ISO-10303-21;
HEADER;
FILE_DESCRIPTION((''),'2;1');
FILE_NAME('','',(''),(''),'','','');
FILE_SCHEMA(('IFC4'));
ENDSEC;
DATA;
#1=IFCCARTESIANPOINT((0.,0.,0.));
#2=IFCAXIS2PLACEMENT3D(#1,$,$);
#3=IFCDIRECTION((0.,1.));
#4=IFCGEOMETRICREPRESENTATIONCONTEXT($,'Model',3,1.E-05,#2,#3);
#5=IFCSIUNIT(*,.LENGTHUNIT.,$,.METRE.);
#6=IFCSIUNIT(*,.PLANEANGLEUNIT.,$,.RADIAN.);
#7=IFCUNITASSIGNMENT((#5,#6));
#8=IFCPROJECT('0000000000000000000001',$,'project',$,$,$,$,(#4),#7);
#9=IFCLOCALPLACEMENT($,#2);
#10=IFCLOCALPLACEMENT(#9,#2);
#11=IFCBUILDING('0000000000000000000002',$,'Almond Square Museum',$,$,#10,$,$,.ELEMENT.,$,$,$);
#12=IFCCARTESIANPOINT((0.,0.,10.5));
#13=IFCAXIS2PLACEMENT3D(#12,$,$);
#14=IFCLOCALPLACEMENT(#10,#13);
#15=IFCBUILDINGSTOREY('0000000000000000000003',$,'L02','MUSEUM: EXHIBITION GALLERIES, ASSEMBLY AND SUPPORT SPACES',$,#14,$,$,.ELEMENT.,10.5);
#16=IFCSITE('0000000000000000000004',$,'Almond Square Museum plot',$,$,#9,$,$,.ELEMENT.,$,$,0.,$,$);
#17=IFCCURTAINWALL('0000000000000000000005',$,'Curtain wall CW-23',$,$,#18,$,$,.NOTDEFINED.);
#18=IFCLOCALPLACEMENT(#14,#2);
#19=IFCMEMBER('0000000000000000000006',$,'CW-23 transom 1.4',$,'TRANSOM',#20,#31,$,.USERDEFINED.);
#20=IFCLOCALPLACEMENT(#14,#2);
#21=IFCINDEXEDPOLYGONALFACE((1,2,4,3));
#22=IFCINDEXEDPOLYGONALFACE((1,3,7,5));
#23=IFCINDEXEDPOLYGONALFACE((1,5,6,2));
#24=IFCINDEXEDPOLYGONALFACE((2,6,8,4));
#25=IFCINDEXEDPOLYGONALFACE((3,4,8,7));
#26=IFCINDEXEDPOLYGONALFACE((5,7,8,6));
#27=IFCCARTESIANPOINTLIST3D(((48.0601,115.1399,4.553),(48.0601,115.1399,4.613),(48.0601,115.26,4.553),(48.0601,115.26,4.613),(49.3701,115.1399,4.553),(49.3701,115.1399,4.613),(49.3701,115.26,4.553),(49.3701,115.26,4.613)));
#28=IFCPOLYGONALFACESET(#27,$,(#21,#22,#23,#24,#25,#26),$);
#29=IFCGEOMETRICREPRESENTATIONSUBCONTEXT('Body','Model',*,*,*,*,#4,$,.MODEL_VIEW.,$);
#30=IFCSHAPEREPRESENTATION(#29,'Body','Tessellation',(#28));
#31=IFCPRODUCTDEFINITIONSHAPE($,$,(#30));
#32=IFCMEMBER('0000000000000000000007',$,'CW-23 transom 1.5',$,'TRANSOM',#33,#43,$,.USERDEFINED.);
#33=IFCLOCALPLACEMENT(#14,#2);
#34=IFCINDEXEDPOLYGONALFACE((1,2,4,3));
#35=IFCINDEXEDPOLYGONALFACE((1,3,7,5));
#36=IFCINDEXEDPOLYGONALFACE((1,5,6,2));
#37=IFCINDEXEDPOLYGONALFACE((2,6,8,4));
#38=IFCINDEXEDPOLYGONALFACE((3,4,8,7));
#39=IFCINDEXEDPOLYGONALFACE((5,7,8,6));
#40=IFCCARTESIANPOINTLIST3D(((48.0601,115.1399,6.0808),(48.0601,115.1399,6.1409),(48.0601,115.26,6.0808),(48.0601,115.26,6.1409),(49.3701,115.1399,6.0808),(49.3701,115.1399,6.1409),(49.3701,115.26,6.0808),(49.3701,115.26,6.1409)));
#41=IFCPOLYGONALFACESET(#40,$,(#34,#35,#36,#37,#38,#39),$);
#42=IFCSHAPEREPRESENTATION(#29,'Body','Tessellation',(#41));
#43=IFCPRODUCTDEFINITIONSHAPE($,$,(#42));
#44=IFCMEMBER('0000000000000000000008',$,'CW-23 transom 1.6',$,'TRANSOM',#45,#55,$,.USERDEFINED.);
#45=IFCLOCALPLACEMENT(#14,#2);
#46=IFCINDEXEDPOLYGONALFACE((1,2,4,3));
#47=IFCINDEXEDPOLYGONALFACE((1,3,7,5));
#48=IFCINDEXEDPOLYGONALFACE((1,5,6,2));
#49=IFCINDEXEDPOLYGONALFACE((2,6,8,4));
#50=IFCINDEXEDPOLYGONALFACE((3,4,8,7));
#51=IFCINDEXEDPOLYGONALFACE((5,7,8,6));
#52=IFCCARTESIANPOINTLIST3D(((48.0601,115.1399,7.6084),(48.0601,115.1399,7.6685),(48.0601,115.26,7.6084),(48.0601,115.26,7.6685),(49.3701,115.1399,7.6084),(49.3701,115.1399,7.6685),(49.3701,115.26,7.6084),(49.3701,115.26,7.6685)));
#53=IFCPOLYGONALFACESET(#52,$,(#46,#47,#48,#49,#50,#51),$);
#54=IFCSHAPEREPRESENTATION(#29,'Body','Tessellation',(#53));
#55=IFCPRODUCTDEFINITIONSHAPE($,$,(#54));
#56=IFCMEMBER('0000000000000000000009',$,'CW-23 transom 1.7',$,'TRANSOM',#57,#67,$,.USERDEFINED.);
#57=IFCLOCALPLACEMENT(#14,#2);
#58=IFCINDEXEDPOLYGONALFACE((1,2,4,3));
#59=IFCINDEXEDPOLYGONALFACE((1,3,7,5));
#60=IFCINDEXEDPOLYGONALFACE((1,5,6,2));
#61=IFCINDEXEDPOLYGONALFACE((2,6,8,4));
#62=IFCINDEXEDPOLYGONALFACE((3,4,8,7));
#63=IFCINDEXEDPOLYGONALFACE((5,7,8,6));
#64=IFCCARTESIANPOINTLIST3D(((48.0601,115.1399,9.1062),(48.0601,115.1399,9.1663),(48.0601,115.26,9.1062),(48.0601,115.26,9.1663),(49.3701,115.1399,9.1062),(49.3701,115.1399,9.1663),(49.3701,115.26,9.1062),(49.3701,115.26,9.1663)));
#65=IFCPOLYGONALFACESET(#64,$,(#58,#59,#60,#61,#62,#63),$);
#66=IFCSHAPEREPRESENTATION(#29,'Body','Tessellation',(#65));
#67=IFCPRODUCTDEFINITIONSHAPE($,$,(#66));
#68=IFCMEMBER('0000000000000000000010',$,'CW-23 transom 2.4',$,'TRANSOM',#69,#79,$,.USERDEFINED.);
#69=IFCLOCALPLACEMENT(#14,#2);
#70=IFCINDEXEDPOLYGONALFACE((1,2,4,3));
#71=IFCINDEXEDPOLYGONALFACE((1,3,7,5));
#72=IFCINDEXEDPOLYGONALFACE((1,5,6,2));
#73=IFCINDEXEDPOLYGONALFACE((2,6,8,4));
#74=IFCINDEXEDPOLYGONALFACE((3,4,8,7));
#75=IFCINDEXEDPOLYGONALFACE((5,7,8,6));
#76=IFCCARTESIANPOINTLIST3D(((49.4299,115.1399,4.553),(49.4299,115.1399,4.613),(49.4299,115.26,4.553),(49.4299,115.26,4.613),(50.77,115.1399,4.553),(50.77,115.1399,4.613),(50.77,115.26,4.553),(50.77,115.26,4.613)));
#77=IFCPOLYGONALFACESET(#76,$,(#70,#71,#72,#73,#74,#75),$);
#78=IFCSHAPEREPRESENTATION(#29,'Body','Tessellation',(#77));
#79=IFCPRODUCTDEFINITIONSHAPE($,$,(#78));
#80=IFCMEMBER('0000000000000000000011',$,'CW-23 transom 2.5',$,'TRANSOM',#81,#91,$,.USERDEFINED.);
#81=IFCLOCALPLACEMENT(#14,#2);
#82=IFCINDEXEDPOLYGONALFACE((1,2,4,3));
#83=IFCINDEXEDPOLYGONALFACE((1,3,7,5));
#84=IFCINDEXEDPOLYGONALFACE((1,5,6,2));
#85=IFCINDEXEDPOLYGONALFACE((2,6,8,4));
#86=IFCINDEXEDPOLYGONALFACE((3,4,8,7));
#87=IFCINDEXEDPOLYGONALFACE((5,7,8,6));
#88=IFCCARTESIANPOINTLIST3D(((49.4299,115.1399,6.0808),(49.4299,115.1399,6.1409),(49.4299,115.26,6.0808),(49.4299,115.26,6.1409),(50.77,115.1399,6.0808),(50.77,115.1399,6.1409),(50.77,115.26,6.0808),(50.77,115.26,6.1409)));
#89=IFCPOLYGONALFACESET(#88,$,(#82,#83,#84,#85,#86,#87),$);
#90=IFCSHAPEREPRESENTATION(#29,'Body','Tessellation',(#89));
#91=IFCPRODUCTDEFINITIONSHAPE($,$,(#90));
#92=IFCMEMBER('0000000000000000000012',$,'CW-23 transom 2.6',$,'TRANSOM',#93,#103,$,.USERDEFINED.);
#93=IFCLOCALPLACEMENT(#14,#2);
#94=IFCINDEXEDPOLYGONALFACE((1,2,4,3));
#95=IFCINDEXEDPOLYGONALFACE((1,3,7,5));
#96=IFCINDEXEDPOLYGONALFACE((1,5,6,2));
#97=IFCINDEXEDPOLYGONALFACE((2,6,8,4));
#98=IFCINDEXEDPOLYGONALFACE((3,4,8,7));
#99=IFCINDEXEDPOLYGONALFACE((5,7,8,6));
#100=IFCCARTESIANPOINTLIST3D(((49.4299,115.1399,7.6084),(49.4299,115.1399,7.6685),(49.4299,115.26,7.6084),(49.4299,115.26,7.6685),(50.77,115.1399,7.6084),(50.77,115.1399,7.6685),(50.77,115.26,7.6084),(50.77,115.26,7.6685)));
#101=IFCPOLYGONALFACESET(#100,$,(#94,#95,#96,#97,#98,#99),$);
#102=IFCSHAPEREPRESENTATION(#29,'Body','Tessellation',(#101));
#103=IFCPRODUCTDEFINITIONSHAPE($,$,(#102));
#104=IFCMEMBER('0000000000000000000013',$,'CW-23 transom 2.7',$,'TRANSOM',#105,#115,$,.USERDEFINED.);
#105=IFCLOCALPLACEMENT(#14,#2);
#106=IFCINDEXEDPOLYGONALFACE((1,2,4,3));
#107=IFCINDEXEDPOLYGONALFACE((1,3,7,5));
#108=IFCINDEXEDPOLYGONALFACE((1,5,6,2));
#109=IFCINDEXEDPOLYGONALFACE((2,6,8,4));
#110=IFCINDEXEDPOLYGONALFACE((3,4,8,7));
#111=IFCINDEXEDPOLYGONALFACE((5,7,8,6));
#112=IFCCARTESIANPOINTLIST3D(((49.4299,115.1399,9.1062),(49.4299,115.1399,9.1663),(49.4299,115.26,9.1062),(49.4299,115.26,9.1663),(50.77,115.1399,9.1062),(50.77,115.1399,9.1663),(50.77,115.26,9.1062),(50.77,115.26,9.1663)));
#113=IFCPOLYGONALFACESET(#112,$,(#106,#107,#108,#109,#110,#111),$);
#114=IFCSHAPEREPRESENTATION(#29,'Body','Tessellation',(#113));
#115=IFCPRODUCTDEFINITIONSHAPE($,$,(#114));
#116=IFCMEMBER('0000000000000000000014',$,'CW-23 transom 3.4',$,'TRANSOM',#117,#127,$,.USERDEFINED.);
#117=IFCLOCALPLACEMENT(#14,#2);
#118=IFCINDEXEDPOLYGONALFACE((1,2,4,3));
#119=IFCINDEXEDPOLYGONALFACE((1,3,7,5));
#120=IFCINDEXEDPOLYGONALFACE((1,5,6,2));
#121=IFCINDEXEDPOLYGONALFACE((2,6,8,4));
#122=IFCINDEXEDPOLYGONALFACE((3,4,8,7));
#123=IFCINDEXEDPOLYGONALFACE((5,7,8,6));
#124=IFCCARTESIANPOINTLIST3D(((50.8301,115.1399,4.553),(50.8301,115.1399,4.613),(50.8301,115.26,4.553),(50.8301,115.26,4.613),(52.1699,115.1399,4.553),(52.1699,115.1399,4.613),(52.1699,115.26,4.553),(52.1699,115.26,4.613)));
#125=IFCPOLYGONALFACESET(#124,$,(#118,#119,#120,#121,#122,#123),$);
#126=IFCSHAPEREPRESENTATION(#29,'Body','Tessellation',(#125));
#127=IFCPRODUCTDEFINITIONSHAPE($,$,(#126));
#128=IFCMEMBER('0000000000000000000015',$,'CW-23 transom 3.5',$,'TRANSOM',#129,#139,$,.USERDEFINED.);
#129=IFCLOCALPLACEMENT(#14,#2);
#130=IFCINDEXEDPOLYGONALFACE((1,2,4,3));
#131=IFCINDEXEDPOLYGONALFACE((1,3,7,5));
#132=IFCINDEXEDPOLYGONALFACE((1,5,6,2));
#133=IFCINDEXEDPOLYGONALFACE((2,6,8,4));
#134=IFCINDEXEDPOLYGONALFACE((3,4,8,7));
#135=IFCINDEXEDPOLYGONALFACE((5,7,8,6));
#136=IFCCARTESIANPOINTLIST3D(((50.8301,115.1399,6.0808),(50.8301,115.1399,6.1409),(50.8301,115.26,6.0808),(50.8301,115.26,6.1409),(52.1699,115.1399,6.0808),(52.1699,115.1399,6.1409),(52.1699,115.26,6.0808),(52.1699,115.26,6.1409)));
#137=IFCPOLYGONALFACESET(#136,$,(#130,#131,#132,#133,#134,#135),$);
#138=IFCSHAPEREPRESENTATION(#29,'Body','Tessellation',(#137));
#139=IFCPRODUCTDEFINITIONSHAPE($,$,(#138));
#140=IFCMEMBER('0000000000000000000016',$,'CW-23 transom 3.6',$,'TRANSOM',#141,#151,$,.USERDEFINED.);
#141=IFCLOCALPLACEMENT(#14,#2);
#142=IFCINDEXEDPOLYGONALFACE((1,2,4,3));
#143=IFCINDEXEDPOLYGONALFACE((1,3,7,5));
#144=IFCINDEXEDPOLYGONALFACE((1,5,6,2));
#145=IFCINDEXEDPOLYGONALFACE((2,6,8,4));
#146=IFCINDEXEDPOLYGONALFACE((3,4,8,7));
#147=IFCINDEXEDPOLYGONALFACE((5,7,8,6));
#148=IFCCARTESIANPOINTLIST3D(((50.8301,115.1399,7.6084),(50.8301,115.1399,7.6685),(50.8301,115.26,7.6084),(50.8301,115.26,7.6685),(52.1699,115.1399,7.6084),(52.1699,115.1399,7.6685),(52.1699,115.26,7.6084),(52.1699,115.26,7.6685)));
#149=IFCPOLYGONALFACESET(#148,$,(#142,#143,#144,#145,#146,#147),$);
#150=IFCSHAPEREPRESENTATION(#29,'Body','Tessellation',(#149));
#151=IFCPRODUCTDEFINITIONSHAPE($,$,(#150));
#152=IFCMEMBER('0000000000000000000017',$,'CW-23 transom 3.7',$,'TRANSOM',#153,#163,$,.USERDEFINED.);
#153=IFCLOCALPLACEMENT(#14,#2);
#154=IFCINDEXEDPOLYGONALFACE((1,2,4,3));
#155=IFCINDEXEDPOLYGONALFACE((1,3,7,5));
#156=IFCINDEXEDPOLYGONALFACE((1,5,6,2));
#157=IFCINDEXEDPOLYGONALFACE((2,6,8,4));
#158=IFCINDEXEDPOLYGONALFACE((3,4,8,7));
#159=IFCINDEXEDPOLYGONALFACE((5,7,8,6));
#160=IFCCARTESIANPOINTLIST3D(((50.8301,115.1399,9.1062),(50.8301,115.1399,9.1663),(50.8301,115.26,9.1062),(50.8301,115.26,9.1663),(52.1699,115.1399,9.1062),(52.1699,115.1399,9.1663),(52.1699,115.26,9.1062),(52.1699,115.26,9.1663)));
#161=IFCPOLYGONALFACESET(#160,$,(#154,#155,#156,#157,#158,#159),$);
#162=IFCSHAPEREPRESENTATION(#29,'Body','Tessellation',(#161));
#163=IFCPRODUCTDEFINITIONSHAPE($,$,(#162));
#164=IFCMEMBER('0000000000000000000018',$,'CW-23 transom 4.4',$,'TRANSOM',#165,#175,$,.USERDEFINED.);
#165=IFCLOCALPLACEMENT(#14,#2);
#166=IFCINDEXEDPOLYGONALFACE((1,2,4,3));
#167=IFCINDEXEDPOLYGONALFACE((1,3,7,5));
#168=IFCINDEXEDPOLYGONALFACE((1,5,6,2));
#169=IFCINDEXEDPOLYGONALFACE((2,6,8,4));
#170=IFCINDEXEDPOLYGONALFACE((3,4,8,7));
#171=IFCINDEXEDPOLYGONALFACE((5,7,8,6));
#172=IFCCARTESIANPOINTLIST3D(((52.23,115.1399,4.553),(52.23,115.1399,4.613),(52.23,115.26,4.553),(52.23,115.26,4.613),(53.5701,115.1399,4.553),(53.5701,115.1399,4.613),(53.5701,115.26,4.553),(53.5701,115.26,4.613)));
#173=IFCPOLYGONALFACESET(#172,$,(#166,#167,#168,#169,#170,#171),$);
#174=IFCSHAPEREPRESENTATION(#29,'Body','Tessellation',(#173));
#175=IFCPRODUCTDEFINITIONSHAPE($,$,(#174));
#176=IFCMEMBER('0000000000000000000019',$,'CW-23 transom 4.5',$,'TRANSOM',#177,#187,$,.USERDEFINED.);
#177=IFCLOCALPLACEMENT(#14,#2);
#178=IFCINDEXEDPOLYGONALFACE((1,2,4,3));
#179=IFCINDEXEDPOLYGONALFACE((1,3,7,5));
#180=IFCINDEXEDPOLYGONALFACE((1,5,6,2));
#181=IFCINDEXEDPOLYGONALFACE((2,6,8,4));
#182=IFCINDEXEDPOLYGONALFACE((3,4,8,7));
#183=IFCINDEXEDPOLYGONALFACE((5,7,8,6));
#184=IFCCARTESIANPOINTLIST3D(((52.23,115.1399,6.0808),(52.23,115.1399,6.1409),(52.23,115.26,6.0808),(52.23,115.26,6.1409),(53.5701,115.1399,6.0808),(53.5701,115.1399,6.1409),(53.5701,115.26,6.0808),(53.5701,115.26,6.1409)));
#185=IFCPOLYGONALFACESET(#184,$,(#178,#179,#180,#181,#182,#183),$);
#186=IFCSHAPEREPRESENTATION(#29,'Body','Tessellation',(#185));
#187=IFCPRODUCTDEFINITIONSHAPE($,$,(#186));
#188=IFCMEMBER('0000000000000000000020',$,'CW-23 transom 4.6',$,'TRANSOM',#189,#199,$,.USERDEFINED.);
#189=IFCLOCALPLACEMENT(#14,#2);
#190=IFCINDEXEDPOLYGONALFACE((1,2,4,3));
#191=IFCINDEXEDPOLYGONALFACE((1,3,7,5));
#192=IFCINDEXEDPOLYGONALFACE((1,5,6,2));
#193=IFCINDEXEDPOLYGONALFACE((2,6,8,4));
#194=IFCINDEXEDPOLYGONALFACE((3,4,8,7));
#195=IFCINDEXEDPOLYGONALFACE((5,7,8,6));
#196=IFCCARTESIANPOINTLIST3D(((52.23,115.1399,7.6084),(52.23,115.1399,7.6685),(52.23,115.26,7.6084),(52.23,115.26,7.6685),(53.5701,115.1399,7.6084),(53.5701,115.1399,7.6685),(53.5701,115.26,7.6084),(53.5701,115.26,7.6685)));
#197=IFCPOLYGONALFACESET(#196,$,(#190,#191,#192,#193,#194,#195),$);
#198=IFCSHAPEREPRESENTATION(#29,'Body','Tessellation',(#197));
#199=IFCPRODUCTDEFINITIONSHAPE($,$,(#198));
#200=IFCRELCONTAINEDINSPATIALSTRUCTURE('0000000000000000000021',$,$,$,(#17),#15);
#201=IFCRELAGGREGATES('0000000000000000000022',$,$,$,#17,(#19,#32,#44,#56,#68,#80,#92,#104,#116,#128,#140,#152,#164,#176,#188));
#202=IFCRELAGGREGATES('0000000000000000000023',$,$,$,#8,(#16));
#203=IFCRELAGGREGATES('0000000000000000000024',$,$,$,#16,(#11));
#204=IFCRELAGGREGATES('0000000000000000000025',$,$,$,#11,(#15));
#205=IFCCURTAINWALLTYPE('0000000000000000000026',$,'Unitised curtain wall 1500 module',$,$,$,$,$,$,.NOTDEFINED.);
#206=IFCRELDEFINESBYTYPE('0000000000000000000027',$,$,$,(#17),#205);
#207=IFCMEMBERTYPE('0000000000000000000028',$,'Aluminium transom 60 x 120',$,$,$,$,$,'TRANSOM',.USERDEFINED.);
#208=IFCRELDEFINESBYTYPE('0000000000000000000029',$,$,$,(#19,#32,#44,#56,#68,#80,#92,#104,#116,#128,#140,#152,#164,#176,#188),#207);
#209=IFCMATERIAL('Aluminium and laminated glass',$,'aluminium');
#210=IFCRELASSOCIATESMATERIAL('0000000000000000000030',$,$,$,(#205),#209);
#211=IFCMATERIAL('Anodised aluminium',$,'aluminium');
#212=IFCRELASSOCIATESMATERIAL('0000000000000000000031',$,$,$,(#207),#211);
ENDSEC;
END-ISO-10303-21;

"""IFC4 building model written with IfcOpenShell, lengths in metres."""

from ifc_helpers import new_model, si_unit, direction, frame, origin, origin_2d, place, context, subcontext, project, spatial, rectangle, extrude, material, material_profile, profile_set, type_object, element, aggregate, save


model = new_model("IFC4")

# Units and contexts
model_context = context("Model", 3, precision=1e-05, world=origin(), true_north=direction((0.0, 1.0)))
body_context = subcontext(model_context, "Body", "Model", "MODEL_VIEW")
ifc_project = project(units=[si_unit("LENGTHUNIT", "METRE"), si_unit("PLANEANGLEUNIT", "RADIAN")], contexts=[model_context])

# Site, building, storey
site_placement = place(None, origin())
site = spatial("IfcSite", under=ifc_project, at=site_placement, Name="Almond Square Museum plot", CompositionType="ELEMENT", RefElevation=0.0)
building_placement = place(site_placement, origin())
building = spatial("IfcBuilding", under=site, at=building_placement, Name="Almond Square Museum", CompositionType="ELEMENT")
storey_placement = place(building_placement, frame((0.0, 0.0, 10.5)))
storey = spatial("IfcBuildingStorey", under=building, at=storey_placement, Name="L02", Description="MUSEUM: EXHIBITION GALLERIES, ASSEMBLY AND SUPPORT SPACES", CompositionType="ELEMENT", Elevation=10.5)

# Curtain wall, members
ifc_material_1 = material(Name="Aluminium and laminated glass", Category="aluminium")
curtain_wall_type = type_object("IfcCurtainWallType", Name="Unitised curtain wall 1500 module", PredefinedType="NOTDEFINED", material=ifc_material_1)
curtain_wall_1_placement = place(storey_placement, origin())
curtain_wall_1 = element("IfcCurtainWall", 1, at=curtain_wall_1_placement, inside=storey, type_object=curtain_wall_type, Name="Curtain wall CW-23", PredefinedType="NOTDEFINED")
ifc_material_2 = material(Name="Anodised aluminium", Category="aluminium")
ifc_material_profile = material_profile(ifc_material_2, rectangle(XDim=0.1201, YDim=0.0601, at=origin_2d()))
ifc_profile_set = profile_set([ifc_material_profile], Name="Anodised aluminium")
member_type = type_object("IfcMemberType", Name="Aluminium transom 60 x 120", ElementType="TRANSOM", PredefinedType="USERDEFINED", material=ifc_profile_set)
member_1_placement = place(storey_placement, frame((48.0601, 115.2, 4.583), z_axis=(1.0, 0.0, 0.0), x_axis=(0.0, 1.0, 0.0)))
member_1 = element("IfcMember", 2, at=member_1_placement, type_object=member_type, Name="CW-23 transom 1.4", ObjectType="TRANSOM", PredefinedType="USERDEFINED", context=body_context, shape_type="SweptSolid", body=[
    extrude(rectangle(XDim=0.1201, YDim=0.0601, at=origin_2d()), origin(), (0.0, 0.0, 1.0), 1.3101),
])
member_2_placement = place(storey_placement, frame((48.0601, 115.2, 6.1108), z_axis=(1.0, 0.0, 0.0), x_axis=(0.0, 1.0, 0.0)))
member_2 = element("IfcMember", 3, at=member_2_placement, type_object=member_type, Name="CW-23 transom 1.5", ObjectType="TRANSOM", PredefinedType="USERDEFINED", context=body_context, shape_type="SweptSolid", body=[
    extrude(rectangle(XDim=0.1201, YDim=0.0601, at=origin_2d()), origin(), (0.0, 0.0, 1.0), 1.3101),
])
member_3_placement = place(storey_placement, frame((48.0601, 115.2, 7.6384), z_axis=(1.0, 0.0, 0.0), x_axis=(0.0, 1.0, 0.0)))
member_3 = element("IfcMember", 4, at=member_3_placement, type_object=member_type, Name="CW-23 transom 1.6", ObjectType="TRANSOM", PredefinedType="USERDEFINED", context=body_context, shape_type="SweptSolid", body=[
    extrude(rectangle(XDim=0.1201, YDim=0.0601, at=origin_2d()), origin(), (0.0, 0.0, 1.0), 1.3101),
])
member_4_placement = place(storey_placement, frame((48.0601, 115.2, 9.1362), z_axis=(1.0, 0.0, 0.0), x_axis=(0.0, 1.0, 0.0)))
member_4 = element("IfcMember", 5, at=member_4_placement, type_object=member_type, Name="CW-23 transom 1.7", ObjectType="TRANSOM", PredefinedType="USERDEFINED", context=body_context, shape_type="SweptSolid", body=[
    extrude(rectangle(XDim=0.1201, YDim=0.0601, at=origin_2d()), origin(), (0.0, 0.0, 1.0), 1.3101),
])
member_5_placement = place(storey_placement, frame((49.4299, 115.2, 4.583), z_axis=(1.0, 0.0, 0.0), x_axis=(0.0, 1.0, 0.0)))
member_5 = element("IfcMember", 6, at=member_5_placement, type_object=member_type, Name="CW-23 transom 2.4", ObjectType="TRANSOM", PredefinedType="USERDEFINED", context=body_context, shape_type="SweptSolid", body=[
    extrude(rectangle(XDim=0.1201, YDim=0.0601, at=origin_2d()), origin(), (0.0, 0.0, 1.0), 1.3401),
])
member_6_placement = place(storey_placement, frame((49.4299, 115.2, 6.1108), z_axis=(1.0, 0.0, 0.0), x_axis=(0.0, 1.0, 0.0)))
member_6 = element("IfcMember", 7, at=member_6_placement, type_object=member_type, Name="CW-23 transom 2.5", ObjectType="TRANSOM", PredefinedType="USERDEFINED", context=body_context, shape_type="SweptSolid", body=[
    extrude(rectangle(XDim=0.1201, YDim=0.0601, at=origin_2d()), origin(), (0.0, 0.0, 1.0), 1.3401),
])
member_7_placement = place(storey_placement, frame((49.4299, 115.2, 7.6384), z_axis=(1.0, 0.0, 0.0), x_axis=(0.0, 1.0, 0.0)))
member_7 = element("IfcMember", 8, at=member_7_placement, type_object=member_type, Name="CW-23 transom 2.6", ObjectType="TRANSOM", PredefinedType="USERDEFINED", context=body_context, shape_type="SweptSolid", body=[
    extrude(rectangle(XDim=0.1201, YDim=0.0601, at=origin_2d()), origin(), (0.0, 0.0, 1.0), 1.3401),
])
member_8_placement = place(storey_placement, frame((49.4299, 115.2, 9.1362), z_axis=(1.0, 0.0, 0.0), x_axis=(0.0, 1.0, 0.0)))
member_8 = element("IfcMember", 9, at=member_8_placement, type_object=member_type, Name="CW-23 transom 2.7", ObjectType="TRANSOM", PredefinedType="USERDEFINED", context=body_context, shape_type="SweptSolid", body=[
    extrude(rectangle(XDim=0.1201, YDim=0.0601, at=origin_2d()), origin(), (0.0, 0.0, 1.0), 1.3401),
])
member_9_placement = place(storey_placement, frame((50.8301, 115.2, 4.583), z_axis=(1.0, 0.0, 0.0), x_axis=(0.0, 1.0, 0.0)))
member_9 = element("IfcMember", 10, at=member_9_placement, type_object=member_type, Name="CW-23 transom 3.4", ObjectType="TRANSOM", PredefinedType="USERDEFINED", context=body_context, shape_type="SweptSolid", body=[
    extrude(rectangle(XDim=0.1201, YDim=0.0601, at=origin_2d()), origin(), (0.0, 0.0, 1.0), 1.3398),
])
member_10_placement = place(storey_placement, frame((50.8301, 115.2, 6.1108), z_axis=(1.0, 0.0, 0.0), x_axis=(0.0, 1.0, 0.0)))
member_10 = element("IfcMember", 11, at=member_10_placement, type_object=member_type, Name="CW-23 transom 3.5", ObjectType="TRANSOM", PredefinedType="USERDEFINED", context=body_context, shape_type="SweptSolid", body=[
    extrude(rectangle(XDim=0.1201, YDim=0.0601, at=origin_2d()), origin(), (0.0, 0.0, 1.0), 1.3398),
])
member_11_placement = place(storey_placement, frame((50.8301, 115.2, 7.6384), z_axis=(1.0, 0.0, 0.0), x_axis=(0.0, 1.0, 0.0)))
member_11 = element("IfcMember", 12, at=member_11_placement, type_object=member_type, Name="CW-23 transom 3.6", ObjectType="TRANSOM", PredefinedType="USERDEFINED", context=body_context, shape_type="SweptSolid", body=[
    extrude(rectangle(XDim=0.1201, YDim=0.0601, at=origin_2d()), origin(), (0.0, 0.0, 1.0), 1.3398),
])
member_12_placement = place(storey_placement, frame((50.8301, 115.2, 9.1362), z_axis=(1.0, 0.0, 0.0), x_axis=(0.0, 1.0, 0.0)))
member_12 = element("IfcMember", 13, at=member_12_placement, type_object=member_type, Name="CW-23 transom 3.7", ObjectType="TRANSOM", PredefinedType="USERDEFINED", context=body_context, shape_type="SweptSolid", body=[
    extrude(rectangle(XDim=0.1201, YDim=0.0601, at=origin_2d()), origin(), (0.0, 0.0, 1.0), 1.3398),
])
member_13_placement = place(storey_placement, frame((52.23, 115.2, 4.583), z_axis=(1.0, 0.0, 0.0), x_axis=(0.0, 1.0, 0.0)))
member_13 = element("IfcMember", 14, at=member_13_placement, type_object=member_type, Name="CW-23 transom 4.4", ObjectType="TRANSOM", PredefinedType="USERDEFINED", context=body_context, shape_type="SweptSolid", body=[
    extrude(rectangle(XDim=0.1201, YDim=0.0601, at=origin_2d()), origin(), (0.0, 0.0, 1.0), 1.3401),
])
member_14_placement = place(storey_placement, frame((52.23, 115.2, 6.1108), z_axis=(1.0, 0.0, 0.0), x_axis=(0.0, 1.0, 0.0)))
member_14 = element("IfcMember", 15, at=member_14_placement, type_object=member_type, Name="CW-23 transom 4.5", ObjectType="TRANSOM", PredefinedType="USERDEFINED", context=body_context, shape_type="SweptSolid", body=[
    extrude(rectangle(XDim=0.1201, YDim=0.0601, at=origin_2d()), origin(), (0.0, 0.0, 1.0), 1.3401),
])
member_15_placement = place(storey_placement, frame((52.23, 115.2, 7.6384), z_axis=(1.0, 0.0, 0.0), x_axis=(0.0, 1.0, 0.0)))
member_15 = element("IfcMember", 16, at=member_15_placement, type_object=member_type, Name="CW-23 transom 4.6", ObjectType="TRANSOM", PredefinedType="USERDEFINED", context=body_context, shape_type="SweptSolid", body=[
    extrude(rectangle(XDim=0.1201, YDim=0.0601, at=origin_2d()), origin(), (0.0, 0.0, 1.0), 1.3401),
])
aggregate(curtain_wall_1, [member_1, member_2, member_3, member_4, member_5, member_6, member_7, member_8, member_9, member_10, member_11, member_12, member_13, member_14, member_15])

save(model, "model.ifc")
